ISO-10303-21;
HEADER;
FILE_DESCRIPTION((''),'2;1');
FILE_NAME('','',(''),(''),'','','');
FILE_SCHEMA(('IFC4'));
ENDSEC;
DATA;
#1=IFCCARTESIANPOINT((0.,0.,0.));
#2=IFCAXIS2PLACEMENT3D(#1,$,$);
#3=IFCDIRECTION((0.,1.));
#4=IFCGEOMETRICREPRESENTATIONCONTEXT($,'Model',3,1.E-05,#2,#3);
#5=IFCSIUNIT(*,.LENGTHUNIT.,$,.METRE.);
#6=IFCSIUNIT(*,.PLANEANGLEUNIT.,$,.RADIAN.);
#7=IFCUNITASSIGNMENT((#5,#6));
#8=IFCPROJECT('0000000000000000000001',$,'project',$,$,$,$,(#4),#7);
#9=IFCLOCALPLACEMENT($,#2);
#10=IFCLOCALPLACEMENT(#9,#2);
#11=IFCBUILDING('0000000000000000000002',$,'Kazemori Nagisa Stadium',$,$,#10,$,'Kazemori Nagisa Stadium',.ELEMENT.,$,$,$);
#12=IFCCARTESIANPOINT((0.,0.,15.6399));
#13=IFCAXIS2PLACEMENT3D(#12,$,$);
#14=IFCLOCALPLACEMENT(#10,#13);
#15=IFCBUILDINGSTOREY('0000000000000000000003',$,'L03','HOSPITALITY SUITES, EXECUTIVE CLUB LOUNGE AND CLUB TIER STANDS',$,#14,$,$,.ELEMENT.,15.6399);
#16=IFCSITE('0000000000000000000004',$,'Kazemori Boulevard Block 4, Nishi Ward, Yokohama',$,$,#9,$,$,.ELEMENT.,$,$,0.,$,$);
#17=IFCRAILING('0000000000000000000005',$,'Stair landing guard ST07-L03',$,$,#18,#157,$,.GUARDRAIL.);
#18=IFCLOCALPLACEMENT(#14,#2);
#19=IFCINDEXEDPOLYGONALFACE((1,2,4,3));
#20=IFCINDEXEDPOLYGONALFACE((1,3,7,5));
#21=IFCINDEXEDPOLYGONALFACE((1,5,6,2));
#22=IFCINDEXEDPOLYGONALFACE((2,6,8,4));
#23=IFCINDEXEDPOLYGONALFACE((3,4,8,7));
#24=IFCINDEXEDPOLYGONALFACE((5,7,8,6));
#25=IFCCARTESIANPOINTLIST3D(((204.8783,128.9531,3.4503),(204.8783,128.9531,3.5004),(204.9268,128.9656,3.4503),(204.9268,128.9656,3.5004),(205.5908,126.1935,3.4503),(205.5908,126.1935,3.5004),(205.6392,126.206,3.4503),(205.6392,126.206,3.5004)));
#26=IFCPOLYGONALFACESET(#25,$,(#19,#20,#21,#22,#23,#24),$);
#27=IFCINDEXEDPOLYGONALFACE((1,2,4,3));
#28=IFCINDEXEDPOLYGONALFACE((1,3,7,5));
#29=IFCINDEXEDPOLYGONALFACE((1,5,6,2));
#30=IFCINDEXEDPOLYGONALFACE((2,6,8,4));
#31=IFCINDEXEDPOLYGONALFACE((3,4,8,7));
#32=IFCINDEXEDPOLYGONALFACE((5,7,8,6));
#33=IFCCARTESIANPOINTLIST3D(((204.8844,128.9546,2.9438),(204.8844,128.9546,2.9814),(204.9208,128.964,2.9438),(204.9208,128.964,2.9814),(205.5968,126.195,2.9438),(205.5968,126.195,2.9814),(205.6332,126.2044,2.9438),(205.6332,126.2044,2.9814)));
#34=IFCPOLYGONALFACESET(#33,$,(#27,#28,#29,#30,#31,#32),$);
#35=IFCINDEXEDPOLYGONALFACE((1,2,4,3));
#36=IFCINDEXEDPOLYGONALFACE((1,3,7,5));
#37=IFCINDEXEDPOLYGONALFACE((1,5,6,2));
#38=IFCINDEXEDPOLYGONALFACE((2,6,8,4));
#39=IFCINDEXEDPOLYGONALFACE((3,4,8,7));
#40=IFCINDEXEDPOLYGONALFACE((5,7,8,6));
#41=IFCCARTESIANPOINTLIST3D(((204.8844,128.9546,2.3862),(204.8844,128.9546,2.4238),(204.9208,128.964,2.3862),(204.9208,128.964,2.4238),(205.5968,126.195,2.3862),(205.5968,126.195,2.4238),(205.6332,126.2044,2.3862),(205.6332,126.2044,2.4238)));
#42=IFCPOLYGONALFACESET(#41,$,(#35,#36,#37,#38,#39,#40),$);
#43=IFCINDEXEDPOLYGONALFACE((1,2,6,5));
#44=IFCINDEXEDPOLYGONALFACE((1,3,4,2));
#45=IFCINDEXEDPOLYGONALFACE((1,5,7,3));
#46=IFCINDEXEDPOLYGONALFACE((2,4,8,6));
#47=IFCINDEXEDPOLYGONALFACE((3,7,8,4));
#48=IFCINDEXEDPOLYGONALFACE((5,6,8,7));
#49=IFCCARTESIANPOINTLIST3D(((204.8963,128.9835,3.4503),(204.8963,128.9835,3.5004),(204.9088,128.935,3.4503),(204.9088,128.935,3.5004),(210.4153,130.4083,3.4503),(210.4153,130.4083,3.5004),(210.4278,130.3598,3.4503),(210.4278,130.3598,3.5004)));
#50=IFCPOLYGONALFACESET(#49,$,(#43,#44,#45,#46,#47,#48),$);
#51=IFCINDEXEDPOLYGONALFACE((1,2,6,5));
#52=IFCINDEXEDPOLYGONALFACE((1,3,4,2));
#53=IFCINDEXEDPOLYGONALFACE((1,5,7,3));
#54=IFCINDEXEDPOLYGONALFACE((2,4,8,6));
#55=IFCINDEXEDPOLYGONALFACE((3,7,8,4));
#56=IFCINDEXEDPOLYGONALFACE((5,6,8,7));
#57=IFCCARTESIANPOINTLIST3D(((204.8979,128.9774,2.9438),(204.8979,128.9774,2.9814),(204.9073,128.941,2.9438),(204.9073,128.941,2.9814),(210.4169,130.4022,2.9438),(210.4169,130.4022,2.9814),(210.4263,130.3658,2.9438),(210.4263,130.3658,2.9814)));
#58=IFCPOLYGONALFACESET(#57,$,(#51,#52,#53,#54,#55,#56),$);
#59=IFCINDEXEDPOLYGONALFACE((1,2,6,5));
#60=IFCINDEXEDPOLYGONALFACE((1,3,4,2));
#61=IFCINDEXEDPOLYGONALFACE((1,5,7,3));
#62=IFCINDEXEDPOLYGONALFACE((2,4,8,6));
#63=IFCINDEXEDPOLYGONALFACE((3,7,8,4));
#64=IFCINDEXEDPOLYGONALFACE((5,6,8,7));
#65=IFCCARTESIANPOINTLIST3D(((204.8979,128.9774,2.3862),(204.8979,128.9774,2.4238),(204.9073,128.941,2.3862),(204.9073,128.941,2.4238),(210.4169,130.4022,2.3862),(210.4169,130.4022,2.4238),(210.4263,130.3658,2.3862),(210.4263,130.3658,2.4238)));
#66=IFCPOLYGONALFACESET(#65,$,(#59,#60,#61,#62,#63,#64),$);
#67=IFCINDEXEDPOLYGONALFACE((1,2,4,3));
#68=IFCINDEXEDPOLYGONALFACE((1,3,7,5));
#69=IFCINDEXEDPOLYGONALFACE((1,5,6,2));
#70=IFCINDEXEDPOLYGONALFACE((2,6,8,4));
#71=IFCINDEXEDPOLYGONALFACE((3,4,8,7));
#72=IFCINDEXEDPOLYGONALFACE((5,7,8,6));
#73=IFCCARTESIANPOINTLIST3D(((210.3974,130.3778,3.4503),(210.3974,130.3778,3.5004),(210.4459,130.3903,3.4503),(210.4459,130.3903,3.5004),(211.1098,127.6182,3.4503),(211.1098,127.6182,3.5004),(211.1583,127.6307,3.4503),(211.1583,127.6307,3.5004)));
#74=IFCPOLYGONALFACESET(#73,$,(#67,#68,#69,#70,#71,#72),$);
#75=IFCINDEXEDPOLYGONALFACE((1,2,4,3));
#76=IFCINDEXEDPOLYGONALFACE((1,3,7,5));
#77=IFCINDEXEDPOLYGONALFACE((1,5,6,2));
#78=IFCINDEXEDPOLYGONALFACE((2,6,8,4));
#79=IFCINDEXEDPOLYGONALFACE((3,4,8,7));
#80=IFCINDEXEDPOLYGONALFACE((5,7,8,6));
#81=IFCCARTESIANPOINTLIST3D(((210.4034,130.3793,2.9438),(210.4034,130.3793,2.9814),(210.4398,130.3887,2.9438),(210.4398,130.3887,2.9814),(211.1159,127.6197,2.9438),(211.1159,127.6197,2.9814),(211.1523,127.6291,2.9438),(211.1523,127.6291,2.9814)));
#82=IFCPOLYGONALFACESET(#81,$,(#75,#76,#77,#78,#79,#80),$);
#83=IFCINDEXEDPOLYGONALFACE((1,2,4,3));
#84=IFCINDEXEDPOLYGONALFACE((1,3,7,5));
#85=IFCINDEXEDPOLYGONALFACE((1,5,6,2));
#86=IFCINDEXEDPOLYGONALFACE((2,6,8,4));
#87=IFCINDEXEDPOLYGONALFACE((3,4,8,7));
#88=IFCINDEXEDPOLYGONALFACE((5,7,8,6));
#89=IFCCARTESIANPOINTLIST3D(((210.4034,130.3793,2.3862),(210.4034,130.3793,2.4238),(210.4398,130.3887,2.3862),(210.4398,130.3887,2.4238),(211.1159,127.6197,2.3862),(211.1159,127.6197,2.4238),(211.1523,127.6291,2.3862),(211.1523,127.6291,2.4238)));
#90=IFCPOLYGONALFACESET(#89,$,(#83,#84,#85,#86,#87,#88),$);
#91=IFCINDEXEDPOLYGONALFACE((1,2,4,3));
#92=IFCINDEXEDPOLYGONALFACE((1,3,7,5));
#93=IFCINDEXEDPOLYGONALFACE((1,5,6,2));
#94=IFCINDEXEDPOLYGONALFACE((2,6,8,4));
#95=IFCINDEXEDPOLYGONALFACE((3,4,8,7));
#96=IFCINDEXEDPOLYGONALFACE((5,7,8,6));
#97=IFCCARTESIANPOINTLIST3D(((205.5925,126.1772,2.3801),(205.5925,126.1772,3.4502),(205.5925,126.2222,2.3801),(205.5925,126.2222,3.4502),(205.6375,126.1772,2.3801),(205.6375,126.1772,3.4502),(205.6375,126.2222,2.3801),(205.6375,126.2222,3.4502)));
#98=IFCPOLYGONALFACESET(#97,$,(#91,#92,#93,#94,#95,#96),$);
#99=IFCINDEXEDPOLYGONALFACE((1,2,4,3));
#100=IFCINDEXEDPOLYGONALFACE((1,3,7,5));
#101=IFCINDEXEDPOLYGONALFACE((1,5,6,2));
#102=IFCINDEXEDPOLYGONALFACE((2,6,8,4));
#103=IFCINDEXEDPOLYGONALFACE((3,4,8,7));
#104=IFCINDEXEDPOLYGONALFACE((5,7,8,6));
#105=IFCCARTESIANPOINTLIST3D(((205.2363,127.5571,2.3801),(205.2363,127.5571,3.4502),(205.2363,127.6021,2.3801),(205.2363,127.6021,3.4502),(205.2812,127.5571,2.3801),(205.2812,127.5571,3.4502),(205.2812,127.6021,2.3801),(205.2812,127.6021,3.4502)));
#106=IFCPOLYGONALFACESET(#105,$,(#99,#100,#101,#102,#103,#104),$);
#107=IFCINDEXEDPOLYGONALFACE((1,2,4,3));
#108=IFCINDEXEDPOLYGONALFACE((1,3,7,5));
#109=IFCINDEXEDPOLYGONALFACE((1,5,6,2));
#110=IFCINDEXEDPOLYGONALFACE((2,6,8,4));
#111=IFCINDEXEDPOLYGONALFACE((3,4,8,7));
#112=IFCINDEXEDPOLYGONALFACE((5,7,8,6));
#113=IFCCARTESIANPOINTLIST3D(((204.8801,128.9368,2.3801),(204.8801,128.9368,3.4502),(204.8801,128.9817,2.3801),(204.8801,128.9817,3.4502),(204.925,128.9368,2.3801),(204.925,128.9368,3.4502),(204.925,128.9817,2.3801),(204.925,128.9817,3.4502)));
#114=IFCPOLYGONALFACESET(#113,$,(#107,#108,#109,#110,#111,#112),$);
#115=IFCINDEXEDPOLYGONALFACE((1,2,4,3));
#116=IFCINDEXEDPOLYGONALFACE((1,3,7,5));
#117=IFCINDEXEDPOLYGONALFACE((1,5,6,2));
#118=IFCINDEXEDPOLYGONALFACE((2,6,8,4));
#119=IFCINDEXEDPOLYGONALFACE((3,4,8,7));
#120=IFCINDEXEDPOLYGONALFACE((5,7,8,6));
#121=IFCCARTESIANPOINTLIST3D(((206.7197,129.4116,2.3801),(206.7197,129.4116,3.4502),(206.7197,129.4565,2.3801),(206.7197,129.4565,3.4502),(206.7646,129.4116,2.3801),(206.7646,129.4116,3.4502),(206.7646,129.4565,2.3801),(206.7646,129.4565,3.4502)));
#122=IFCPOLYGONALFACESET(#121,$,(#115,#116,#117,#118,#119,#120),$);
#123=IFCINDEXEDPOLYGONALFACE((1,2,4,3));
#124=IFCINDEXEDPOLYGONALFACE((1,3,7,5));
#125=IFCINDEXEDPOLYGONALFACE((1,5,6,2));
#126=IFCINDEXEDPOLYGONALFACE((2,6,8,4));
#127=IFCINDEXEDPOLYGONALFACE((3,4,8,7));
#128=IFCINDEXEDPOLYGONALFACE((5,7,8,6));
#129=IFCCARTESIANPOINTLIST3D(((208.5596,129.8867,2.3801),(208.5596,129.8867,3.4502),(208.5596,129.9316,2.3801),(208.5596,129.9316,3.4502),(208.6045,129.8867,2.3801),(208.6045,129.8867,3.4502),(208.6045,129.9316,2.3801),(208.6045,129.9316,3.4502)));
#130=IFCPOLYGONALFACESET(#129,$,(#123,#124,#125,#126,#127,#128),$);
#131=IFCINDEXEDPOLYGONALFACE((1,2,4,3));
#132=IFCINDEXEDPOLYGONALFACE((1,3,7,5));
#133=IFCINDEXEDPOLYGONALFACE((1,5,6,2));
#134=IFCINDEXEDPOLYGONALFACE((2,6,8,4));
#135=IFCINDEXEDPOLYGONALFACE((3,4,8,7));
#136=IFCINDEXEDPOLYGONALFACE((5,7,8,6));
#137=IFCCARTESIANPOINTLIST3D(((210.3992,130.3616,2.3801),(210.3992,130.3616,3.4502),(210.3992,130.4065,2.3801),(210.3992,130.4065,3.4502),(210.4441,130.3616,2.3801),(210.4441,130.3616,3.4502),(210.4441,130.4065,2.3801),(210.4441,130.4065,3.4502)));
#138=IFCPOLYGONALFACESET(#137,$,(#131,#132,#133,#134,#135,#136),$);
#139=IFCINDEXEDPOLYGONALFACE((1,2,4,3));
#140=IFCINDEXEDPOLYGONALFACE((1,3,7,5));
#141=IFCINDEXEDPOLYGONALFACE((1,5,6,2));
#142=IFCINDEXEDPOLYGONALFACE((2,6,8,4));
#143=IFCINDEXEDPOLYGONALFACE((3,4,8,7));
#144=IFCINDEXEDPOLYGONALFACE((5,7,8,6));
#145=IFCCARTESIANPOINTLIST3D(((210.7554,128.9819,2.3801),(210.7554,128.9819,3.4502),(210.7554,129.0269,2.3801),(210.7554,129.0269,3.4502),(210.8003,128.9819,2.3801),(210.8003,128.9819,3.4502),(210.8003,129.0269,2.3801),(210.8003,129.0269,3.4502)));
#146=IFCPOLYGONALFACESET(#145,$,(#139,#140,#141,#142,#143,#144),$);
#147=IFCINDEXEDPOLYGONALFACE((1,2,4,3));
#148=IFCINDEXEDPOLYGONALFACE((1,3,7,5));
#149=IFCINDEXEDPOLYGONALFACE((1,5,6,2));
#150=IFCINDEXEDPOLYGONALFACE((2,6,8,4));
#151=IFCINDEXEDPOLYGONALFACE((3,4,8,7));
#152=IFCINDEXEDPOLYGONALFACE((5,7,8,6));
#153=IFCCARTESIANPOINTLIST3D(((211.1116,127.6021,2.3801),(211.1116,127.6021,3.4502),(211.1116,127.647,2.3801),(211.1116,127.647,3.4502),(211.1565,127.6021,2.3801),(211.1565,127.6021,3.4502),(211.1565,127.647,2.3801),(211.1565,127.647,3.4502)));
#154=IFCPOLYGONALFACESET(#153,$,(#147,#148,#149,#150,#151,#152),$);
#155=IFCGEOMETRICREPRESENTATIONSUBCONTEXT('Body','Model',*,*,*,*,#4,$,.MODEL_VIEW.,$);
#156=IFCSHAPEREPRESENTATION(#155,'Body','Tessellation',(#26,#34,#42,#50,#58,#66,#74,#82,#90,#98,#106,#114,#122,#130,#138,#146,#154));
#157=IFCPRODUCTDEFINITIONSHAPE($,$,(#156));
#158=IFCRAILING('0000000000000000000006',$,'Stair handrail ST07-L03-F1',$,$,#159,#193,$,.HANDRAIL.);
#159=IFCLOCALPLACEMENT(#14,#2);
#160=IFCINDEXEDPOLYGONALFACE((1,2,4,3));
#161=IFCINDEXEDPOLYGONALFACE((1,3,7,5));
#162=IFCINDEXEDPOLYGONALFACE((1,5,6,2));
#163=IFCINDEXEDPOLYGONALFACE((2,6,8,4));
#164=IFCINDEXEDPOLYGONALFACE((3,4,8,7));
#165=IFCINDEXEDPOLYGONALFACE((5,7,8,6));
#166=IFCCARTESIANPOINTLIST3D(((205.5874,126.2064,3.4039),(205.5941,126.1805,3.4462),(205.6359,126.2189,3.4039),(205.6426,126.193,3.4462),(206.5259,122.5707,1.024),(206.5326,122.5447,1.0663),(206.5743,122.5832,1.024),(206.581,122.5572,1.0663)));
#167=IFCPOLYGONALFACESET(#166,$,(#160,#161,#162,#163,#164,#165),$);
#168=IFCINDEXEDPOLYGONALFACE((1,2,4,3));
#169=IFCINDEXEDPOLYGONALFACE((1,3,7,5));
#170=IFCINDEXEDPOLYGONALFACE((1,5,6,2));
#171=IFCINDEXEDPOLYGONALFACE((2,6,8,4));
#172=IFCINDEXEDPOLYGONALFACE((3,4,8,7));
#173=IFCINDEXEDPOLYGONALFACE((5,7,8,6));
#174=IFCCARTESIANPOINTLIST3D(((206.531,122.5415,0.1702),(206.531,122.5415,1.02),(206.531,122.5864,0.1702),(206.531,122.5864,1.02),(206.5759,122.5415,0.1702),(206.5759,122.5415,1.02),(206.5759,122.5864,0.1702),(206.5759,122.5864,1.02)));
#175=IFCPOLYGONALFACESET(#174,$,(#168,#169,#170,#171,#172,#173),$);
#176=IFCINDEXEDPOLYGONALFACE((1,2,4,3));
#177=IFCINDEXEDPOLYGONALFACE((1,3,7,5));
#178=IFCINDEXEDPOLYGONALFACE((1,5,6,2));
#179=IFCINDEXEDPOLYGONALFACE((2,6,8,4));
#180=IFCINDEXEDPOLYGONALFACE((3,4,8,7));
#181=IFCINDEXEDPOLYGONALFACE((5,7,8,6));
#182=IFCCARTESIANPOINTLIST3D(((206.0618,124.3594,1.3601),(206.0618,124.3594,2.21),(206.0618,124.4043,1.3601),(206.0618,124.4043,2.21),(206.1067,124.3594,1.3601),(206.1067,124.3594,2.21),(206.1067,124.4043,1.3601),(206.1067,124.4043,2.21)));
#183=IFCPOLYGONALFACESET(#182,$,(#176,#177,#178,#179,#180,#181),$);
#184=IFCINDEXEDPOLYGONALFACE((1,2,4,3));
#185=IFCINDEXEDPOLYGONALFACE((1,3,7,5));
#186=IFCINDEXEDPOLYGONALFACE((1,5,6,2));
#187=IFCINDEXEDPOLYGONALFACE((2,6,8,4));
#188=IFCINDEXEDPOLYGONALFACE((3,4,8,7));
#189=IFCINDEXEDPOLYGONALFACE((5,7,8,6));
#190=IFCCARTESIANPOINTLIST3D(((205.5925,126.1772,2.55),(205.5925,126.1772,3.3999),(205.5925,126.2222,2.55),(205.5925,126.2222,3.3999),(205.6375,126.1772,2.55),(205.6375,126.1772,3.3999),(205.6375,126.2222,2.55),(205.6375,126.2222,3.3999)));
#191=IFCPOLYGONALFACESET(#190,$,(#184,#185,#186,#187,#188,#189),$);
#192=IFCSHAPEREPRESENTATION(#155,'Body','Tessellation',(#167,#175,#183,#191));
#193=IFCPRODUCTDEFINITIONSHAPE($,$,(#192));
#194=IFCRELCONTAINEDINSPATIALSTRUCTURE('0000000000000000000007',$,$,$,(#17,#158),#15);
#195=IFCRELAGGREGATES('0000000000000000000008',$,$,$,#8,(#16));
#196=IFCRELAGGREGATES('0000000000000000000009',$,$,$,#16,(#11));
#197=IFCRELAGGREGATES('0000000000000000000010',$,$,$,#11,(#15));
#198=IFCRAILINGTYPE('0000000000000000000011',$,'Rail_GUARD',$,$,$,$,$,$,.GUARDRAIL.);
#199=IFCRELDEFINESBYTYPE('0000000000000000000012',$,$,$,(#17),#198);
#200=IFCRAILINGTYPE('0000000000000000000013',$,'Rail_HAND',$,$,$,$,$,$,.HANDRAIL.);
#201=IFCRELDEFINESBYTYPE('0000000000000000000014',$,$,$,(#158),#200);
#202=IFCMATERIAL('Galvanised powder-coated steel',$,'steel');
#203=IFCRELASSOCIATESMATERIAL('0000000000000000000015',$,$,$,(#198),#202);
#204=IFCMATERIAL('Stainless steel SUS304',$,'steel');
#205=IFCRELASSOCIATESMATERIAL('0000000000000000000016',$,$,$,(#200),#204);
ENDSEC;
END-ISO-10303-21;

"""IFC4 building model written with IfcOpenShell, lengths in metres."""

from ifc_helpers import new_model, si_unit, direction, frame, origin, origin_2d, place, context, subcontext, project, spatial, rectangle, extrude, material, type_object, element, save


model = new_model("IFC4")

# Units and contexts
model_context = context("Model", 3, precision=1e-05, world=origin(), true_north=direction((0.0, 1.0)))
body_context = subcontext(model_context, "Body", "Model", "MODEL_VIEW")
ifc_project = project(units=[si_unit("LENGTHUNIT", "METRE"), si_unit("PLANEANGLEUNIT", "RADIAN")], contexts=[model_context])

# Site, building, storey
site_placement = place(None, origin())
site = spatial("IfcSite", under=ifc_project, at=site_placement, Name="Kazemori Boulevard Block 4, Nishi Ward, Yokohama", CompositionType="ELEMENT", RefElevation=0.0)
building_placement = place(site_placement, origin())
building = spatial("IfcBuilding", under=site, at=building_placement, Name="Kazemori Nagisa Stadium", LongName="Kazemori Nagisa Stadium", CompositionType="ELEMENT")
storey_placement = place(building_placement, frame((0.0, 0.0, 15.6399)))
storey = spatial("IfcBuildingStorey", under=building, at=storey_placement, Name="L03", Description="HOSPITALITY SUITES, EXECUTIVE CLUB LOUNGE AND CLUB TIER STANDS", CompositionType="ELEMENT", Elevation=15.6399)

# Railings
ifc_material_1 = material(Name="Galvanised powder-coated steel", Category="steel")
railing_type_1 = type_object("IfcRailingType", Name="Rail_GUARD", PredefinedType="GUARDRAIL", material=ifc_material_1)
railing_1_placement = place(storey_placement, frame((205.615, 126.1997, 2.3801)))
element("IfcRailing", 1, at=railing_1_placement, inside=storey, type_object=railing_type_1, Name="Stair landing guard ST07-L03", PredefinedType="GUARDRAIL", context=body_context, shape_type="SweptSolid", body=[
    extrude(rectangle(XDim=0.05, YDim=0.05, at=origin_2d()), frame((0.0, 0.0, 1.0952), z_axis=(-0.249966, 0.968255, 0.0), x_axis=(-0.968255, -0.249966, 0.0)), (0.0, 0.0, 1.0), 2.8501),
    extrude(rectangle(XDim=0.0376, YDim=0.0376, at=origin_2d()), frame((0.0, 0.0, 0.5825), z_axis=(-0.249966, 0.968255, 0.0), x_axis=(-0.968255, -0.249966, 0.0)), (0.0, 0.0, 1.0), 2.8501),
    extrude(rectangle(XDim=0.0376, YDim=0.0376, at=origin_2d()), frame((0.0, 0.0, 0.0249), z_axis=(-0.249966, 0.968255, 0.0), x_axis=(-0.968255, -0.249966, 0.0)), (0.0, 0.0, 1.0), 2.8501),
    extrude(rectangle(XDim=0.05, YDim=0.05, at=origin_2d()), frame((-0.7124, 2.7595, 1.0952), z_axis=(0.968255, 0.249966, 0.0), x_axis=(-0.249966, 0.968255, 0.0)), (0.0, 0.0, 1.0), 5.7),
    extrude(rectangle(XDim=0.0376, YDim=0.0376, at=origin_2d()), frame((-0.7124, 2.7595, 0.5825), z_axis=(0.968255, 0.249966, 0.0), x_axis=(-0.249966, 0.968255, 0.0)), (0.0, 0.0, 1.0), 5.7),
    extrude(rectangle(XDim=0.0376, YDim=0.0376, at=origin_2d()), frame((-0.7124, 2.7595, 0.0249), z_axis=(0.968255, 0.249966, 0.0), x_axis=(-0.249966, 0.968255, 0.0)), (0.0, 0.0, 1.0), 5.7),
    extrude(rectangle(XDim=0.05, YDim=0.05, at=origin_2d()), frame((4.8066, 4.1843, 1.0952), z_axis=(0.249966, -0.968255, 0.0), x_axis=(0.968255, 0.249966, 0.0)), (0.0, 0.0, 1.0), 2.8501),
    extrude(rectangle(XDim=0.0376, YDim=0.0376, at=origin_2d()), frame((4.8066, 4.1843, 0.5825), z_axis=(0.249966, -0.968255, 0.0), x_axis=(0.968255, 0.249966, 0.0)), (0.0, 0.0, 1.0), 2.8501),
    extrude(rectangle(XDim=0.0376, YDim=0.0376, at=origin_2d()), frame((4.8066, 4.1843, 0.0249), z_axis=(0.249966, -0.968255, 0.0), x_axis=(0.968255, 0.249966, 0.0)), (0.0, 0.0, 1.0), 2.8501),
    extrude(rectangle(XDim=0.0449, YDim=0.0449, at=origin_2d()), origin(), (0.0, 0.0, 1.0), 1.0701),
    extrude(rectangle(XDim=0.0449, YDim=0.0449, at=origin_2d()), frame((-0.3562, 1.3799, 0.0)), (0.0, 0.0, 1.0), 1.0701),
    extrude(rectangle(XDim=0.0449, YDim=0.0449, at=origin_2d()), frame((-0.7124, 2.7595, 0.0)), (0.0, 0.0, 1.0), 1.0701),
    extrude(rectangle(XDim=0.0449, YDim=0.0449, at=origin_2d()), frame((1.1272, 3.2344, 0.0)), (0.0, 0.0, 1.0), 1.0701),
    extrude(rectangle(XDim=0.0449, YDim=0.0449, at=origin_2d()), frame((2.967, 3.7095, 0.0)), (0.0, 0.0, 1.0), 1.0701),
    extrude(rectangle(XDim=0.0449, YDim=0.0449, at=origin_2d()), frame((4.8066, 4.1843, 0.0)), (0.0, 0.0, 1.0), 1.0701),
    extrude(rectangle(XDim=0.0449, YDim=0.0449, at=origin_2d()), frame((5.1628, 2.8047, 0.0)), (0.0, 0.0, 1.0), 1.0701),
    extrude(rectangle(XDim=0.0449, YDim=0.0449, at=origin_2d()), frame((5.519, 1.4248, 0.0)), (0.0, 0.0, 1.0), 1.0701),
])
ifc_material_2 = material(Name="Stainless steel SUS304", Category="steel")
railing_type_2 = type_object("IfcRailingType", Name="Rail_HAND", PredefinedType="HANDRAIL", material=ifc_material_2)
railing_2_placement = place(storey_placement, frame((206.5535, 122.564, 0.1702)))
element("IfcRailing", 2, at=railing_2_placement, inside=storey, type_object=railing_type_2, Name="Stair handrail ST07-L03-F1", PredefinedType="HANDRAIL", context=body_context, shape_type="SweptSolid", body=[
    extrude(rectangle(XDim=0.05, YDim=0.05, at=origin_2d()), frame((0.0, 0.0, 0.875), z_axis=(-0.211103, 0.817833, 0.535337), x_axis=(-0.968263, -0.249933, 0.0)), (0.0, 0.0, 1.0), 4.4456),
    extrude(rectangle(XDim=0.0449, YDim=0.0449, at=origin_2d()), origin(), (0.0, 0.0, 1.0), 0.8499),
    extrude(rectangle(XDim=0.0449, YDim=0.0449, at=origin_2d()), frame((-0.4692, 1.8179, 1.1899)), (0.0, 0.0, 1.0), 0.8499),
    extrude(rectangle(XDim=0.0449, YDim=0.0449, at=origin_2d()), frame((-0.9385, 3.6357, 2.3799)), (0.0, 0.0, 1.0), 0.8499),
])

save(model, "model.ifc")
